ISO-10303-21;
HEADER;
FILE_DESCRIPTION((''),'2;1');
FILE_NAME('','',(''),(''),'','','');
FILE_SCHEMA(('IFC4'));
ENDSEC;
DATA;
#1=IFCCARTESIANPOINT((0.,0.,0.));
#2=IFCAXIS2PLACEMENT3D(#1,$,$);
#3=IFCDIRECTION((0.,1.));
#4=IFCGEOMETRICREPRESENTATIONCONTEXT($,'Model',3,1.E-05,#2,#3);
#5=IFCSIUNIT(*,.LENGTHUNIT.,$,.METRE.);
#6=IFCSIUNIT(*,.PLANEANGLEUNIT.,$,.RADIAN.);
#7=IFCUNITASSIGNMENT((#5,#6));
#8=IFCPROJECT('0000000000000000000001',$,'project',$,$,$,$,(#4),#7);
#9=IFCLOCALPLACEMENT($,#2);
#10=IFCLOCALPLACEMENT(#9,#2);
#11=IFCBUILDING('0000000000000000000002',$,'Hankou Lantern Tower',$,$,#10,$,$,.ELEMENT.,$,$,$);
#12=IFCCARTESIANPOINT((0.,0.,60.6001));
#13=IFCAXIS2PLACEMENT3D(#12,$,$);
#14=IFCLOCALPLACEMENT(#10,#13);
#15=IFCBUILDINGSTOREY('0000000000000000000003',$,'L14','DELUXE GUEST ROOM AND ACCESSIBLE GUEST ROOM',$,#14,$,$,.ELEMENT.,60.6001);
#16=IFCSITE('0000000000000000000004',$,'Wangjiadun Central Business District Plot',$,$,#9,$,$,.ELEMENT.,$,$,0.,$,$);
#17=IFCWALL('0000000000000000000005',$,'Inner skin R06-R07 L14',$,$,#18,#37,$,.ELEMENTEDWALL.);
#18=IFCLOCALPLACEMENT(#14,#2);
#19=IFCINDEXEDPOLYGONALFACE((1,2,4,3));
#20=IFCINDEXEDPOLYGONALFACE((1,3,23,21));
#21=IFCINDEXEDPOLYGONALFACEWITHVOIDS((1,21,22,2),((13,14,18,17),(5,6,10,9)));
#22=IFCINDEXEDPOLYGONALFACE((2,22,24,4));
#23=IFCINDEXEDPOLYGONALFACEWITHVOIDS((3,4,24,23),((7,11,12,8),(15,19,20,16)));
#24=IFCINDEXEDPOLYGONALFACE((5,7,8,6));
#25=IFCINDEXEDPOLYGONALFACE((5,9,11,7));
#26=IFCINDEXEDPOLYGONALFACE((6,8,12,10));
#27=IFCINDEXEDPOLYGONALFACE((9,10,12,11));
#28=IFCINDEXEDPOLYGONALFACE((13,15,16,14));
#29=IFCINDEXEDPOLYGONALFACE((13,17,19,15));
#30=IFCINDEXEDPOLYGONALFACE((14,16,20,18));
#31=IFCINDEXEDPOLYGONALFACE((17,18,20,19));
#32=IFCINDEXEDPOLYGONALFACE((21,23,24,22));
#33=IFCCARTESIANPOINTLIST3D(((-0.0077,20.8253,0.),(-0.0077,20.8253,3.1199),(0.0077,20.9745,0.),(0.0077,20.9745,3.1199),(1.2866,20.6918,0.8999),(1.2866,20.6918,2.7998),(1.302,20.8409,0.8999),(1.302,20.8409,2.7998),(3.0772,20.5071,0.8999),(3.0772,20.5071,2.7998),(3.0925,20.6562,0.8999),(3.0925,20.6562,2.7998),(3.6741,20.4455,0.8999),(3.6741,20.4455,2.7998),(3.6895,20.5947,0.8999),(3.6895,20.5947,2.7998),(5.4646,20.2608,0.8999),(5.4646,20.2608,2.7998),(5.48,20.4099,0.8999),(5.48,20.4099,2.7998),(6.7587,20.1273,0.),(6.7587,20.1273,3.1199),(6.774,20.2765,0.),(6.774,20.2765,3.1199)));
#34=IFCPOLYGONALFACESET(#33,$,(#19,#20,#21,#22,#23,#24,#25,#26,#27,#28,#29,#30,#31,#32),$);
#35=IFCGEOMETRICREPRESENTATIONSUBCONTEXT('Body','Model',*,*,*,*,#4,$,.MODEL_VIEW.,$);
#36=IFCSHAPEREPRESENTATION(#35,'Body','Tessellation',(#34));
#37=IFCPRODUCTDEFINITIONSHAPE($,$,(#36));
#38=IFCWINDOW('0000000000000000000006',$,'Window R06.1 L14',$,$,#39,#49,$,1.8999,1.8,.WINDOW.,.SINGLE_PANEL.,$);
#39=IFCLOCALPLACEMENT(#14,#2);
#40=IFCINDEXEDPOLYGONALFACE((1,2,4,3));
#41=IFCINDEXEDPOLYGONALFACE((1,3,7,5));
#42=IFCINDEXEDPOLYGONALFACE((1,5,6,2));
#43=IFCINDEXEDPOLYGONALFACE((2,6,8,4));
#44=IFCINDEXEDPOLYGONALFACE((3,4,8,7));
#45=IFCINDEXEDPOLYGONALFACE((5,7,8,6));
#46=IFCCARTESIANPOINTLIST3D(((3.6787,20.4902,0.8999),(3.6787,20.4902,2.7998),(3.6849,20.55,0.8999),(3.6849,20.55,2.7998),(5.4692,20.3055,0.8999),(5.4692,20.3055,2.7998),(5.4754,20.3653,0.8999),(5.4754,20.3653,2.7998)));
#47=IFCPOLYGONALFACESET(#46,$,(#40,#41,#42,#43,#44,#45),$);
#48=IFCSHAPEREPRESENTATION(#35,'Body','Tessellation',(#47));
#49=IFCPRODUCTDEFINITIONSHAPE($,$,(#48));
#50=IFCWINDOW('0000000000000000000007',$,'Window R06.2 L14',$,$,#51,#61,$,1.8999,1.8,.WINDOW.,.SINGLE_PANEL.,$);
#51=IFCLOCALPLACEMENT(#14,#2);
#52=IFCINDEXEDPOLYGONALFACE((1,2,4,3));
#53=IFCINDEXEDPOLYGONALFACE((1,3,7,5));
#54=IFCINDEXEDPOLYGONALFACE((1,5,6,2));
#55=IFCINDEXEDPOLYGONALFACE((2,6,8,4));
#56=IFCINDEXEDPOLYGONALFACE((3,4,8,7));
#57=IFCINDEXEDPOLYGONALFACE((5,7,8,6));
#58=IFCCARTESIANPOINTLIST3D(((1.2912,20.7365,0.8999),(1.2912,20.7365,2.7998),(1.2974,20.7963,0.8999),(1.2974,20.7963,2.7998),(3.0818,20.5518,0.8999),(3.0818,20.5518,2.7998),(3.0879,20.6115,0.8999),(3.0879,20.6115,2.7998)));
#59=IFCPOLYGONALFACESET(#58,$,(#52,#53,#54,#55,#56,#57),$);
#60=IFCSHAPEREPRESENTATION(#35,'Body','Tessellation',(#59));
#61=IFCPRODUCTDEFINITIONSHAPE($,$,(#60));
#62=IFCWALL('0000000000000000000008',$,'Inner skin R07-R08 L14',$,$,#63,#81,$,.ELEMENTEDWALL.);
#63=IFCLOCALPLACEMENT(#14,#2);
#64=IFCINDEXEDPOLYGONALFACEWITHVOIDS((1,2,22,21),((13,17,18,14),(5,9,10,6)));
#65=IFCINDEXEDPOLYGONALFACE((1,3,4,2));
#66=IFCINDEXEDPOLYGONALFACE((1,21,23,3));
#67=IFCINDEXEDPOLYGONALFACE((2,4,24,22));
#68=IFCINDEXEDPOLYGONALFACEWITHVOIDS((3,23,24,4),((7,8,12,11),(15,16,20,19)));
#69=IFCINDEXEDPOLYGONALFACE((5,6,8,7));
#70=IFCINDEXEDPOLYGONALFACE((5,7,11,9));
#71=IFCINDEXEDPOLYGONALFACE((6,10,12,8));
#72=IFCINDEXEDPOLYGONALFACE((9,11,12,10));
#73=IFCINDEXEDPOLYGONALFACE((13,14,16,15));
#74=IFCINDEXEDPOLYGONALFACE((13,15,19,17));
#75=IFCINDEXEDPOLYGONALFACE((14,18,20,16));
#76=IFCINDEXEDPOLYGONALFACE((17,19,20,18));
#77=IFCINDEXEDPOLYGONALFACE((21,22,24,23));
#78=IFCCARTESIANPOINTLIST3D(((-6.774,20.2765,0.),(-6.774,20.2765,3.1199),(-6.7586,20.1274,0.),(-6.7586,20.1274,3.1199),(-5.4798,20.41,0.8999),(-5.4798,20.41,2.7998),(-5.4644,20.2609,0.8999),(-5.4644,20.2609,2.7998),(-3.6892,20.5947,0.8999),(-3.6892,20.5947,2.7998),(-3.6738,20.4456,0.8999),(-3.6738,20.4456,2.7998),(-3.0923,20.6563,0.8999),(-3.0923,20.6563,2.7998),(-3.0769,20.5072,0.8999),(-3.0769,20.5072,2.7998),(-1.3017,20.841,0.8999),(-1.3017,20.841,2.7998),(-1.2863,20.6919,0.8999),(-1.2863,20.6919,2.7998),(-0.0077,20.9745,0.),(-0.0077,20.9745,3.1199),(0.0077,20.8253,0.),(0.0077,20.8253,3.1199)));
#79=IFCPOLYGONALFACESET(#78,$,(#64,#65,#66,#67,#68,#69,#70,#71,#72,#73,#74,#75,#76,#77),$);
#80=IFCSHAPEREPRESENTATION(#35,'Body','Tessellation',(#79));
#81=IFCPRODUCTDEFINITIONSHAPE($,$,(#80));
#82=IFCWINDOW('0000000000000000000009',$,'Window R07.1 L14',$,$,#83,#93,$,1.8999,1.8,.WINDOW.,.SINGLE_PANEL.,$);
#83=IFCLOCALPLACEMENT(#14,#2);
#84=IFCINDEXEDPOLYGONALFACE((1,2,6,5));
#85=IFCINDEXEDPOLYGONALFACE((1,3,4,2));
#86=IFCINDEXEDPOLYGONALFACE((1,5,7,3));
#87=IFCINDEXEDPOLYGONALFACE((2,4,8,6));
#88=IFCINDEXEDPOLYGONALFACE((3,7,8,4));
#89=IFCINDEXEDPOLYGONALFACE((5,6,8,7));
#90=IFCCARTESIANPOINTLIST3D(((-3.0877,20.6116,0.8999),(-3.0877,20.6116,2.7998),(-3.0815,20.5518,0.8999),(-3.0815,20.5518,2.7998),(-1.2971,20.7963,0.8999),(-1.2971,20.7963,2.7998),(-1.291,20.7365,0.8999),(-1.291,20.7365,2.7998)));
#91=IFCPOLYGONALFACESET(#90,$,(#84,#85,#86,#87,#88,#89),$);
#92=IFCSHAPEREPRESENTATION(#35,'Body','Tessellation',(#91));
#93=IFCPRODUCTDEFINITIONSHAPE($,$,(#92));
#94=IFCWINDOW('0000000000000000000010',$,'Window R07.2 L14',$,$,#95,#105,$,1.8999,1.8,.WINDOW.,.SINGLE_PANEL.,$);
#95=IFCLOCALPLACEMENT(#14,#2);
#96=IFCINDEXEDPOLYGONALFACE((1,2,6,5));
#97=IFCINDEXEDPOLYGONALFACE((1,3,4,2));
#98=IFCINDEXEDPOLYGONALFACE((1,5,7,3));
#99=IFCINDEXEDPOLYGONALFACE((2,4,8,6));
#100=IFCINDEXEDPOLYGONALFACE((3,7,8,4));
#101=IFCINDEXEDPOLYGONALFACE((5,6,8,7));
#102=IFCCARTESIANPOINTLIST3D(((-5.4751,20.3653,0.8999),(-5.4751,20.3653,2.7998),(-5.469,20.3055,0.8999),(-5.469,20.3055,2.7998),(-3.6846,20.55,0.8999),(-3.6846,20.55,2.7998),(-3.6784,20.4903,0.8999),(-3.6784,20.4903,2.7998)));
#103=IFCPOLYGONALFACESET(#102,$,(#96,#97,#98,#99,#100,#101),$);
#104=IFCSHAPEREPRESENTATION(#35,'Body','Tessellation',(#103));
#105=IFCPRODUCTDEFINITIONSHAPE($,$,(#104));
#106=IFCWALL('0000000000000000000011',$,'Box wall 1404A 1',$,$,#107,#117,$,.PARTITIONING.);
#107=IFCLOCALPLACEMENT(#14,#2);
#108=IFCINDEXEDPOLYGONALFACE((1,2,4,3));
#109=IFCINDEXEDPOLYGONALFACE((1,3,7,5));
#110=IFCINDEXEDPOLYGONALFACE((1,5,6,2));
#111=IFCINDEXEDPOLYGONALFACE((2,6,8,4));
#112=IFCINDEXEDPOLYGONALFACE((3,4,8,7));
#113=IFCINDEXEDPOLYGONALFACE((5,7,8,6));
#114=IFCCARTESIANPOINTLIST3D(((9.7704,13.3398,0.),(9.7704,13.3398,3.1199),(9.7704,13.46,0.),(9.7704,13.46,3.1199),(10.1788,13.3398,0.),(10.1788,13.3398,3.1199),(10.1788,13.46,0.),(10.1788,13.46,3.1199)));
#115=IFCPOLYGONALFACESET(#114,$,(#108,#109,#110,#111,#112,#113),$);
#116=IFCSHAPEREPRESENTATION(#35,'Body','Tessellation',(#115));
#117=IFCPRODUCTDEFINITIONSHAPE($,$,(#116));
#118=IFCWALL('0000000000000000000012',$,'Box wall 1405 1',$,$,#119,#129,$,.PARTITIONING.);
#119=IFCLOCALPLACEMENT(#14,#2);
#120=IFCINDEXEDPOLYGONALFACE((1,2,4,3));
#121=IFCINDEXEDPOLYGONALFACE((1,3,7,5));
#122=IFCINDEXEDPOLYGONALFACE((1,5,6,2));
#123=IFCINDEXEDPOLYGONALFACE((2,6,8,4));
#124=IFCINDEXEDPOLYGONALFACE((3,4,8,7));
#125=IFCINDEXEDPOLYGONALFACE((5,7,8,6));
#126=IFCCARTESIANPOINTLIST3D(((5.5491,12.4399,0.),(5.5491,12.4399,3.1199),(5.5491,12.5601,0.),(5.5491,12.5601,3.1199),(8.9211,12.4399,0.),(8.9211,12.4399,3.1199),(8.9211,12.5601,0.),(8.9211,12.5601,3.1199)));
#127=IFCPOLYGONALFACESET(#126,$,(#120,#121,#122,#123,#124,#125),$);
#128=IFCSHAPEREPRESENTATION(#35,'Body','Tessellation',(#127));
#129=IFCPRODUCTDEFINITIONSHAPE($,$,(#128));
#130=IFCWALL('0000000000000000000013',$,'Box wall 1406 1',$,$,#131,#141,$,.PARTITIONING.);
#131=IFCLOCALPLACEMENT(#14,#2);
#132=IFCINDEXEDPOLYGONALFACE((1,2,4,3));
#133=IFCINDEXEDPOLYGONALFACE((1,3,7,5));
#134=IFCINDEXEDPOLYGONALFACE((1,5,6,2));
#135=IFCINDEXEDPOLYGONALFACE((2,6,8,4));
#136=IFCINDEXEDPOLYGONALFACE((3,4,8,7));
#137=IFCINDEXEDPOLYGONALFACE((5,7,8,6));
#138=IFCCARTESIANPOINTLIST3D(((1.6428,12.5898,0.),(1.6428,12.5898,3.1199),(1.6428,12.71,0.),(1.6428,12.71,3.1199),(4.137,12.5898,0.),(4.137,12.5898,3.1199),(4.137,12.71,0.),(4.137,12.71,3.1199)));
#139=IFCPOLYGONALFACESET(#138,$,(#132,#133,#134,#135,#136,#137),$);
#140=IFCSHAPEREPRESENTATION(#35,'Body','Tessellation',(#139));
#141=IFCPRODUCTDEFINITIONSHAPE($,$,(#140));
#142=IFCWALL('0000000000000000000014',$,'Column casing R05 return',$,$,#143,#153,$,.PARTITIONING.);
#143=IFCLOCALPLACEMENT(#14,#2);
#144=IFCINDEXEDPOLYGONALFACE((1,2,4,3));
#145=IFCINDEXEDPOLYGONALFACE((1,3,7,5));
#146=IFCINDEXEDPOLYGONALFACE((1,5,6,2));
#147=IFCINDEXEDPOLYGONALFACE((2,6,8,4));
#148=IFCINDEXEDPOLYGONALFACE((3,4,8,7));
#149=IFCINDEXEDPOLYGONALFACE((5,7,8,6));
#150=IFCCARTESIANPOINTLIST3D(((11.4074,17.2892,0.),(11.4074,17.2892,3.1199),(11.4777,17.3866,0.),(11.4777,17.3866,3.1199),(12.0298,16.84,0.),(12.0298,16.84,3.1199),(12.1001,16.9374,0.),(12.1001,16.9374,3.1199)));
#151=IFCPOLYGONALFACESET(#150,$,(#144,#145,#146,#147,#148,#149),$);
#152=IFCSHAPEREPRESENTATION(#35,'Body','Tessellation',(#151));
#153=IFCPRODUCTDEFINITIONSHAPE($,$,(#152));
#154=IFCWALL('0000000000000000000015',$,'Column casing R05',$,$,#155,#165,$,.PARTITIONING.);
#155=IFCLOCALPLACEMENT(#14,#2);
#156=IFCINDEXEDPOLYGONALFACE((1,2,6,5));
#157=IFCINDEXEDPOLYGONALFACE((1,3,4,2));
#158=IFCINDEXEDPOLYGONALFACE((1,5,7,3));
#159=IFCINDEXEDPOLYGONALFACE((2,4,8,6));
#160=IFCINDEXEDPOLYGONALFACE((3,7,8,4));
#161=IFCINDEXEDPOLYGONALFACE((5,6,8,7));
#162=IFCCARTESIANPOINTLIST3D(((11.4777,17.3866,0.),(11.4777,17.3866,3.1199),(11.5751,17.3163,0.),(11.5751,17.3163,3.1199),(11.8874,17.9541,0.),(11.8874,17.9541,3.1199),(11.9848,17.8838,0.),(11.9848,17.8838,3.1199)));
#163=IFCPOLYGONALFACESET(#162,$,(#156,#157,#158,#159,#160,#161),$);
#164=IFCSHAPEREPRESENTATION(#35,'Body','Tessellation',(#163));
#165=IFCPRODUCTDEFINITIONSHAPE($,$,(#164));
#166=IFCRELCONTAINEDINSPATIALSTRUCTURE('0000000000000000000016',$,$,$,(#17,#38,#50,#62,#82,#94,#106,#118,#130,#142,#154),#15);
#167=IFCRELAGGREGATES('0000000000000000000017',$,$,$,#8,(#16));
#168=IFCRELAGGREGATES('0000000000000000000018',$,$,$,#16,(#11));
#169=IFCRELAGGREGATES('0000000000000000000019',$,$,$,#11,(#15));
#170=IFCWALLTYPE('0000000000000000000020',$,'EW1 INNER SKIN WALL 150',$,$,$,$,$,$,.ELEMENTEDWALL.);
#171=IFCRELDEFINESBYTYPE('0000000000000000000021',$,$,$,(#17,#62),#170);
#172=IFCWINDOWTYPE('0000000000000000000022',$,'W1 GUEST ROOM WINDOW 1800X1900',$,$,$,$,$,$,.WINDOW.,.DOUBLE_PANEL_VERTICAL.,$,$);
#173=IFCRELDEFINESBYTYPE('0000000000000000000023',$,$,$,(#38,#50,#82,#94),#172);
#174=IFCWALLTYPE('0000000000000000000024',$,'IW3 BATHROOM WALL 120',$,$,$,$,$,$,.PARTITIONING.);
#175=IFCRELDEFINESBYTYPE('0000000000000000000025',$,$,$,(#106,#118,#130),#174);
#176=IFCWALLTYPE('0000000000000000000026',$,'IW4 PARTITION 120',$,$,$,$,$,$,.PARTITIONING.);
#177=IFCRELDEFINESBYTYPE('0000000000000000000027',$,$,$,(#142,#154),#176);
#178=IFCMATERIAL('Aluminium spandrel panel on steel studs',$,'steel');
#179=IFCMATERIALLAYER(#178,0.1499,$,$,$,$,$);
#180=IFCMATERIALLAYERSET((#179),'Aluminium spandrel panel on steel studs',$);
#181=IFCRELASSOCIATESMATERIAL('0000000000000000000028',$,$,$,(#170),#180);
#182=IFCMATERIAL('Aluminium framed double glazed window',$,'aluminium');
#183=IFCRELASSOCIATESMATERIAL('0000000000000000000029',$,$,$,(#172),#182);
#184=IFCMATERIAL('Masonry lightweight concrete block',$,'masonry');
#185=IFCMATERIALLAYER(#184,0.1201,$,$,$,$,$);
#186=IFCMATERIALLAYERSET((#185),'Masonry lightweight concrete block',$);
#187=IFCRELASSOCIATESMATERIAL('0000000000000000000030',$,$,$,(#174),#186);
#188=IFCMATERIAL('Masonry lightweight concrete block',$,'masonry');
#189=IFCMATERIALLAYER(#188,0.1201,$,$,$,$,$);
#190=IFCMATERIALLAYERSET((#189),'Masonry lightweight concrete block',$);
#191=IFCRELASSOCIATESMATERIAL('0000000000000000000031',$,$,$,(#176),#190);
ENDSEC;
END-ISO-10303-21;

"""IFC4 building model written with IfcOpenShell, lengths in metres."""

from ifc_helpers import new_model, si_unit, direction, frame, frame_2d, origin, place, context, subcontext, project, spatial, rectangle, extrude, material, layer, layer_set, type_object, element, fill, save


model = new_model("IFC4")

# Units and contexts
model_context = context("Model", 3, precision=1e-05, world=origin(), true_north=direction((0.0, 1.0)))
body_context = subcontext(model_context, "Body", "Model", "MODEL_VIEW")
ifc_project = project(units=[si_unit("LENGTHUNIT", "METRE"), si_unit("PLANEANGLEUNIT", "RADIAN")], contexts=[model_context])

# Site, building, storey
site_placement = place(None, origin())
site = spatial("IfcSite", under=ifc_project, at=site_placement, Name="Wangjiadun Central Business District Plot", CompositionType="ELEMENT", RefElevation=0.0)
building_placement = place(site_placement, origin())
building = spatial("IfcBuilding", under=site, at=building_placement, Name="Hankou Lantern Tower", CompositionType="ELEMENT")
storey_placement = place(building_placement, frame((0.0, 0.0, 60.6001)))
storey = spatial("IfcBuildingStorey", under=building, at=storey_placement, Name="L14", Description="DELUXE GUEST ROOM AND ACCESSIBLE GUEST ROOM", CompositionType="ELEMENT", Elevation=60.6001)

# Walls, openings, windows
ifc_material_1 = material(Name="Aluminium spandrel panel on steel studs", Category="steel")
ifc_layer_1 = layer(ifc_material_1, 0.1499)
ifc_layer_set_1 = layer_set([ifc_layer_1], Name="Aluminium spandrel panel on steel studs")
wall_type_1 = type_object("IfcWallType", Name="EW1 INNER SKIN WALL 150", PredefinedType="ELEMENTEDWALL", material=ifc_layer_set_1)
wall_1_placement = place(storey_placement, frame((6.7664, 20.2019, 0.0), z_axis=(0.0, 0.0, 1.0), x_axis=(-0.994721, 0.102613, 0.0)))
wall_1 = element("IfcWall", 1, at=wall_1_placement, inside=storey, type_object=wall_type_1, Name="Inner skin R06-R07 L14", PredefinedType="ELEMENTEDWALL", context=body_context, shape_type="SweptSolid", body=[
    extrude(rectangle(XDim=6.8022, YDim=0.1499, at=frame_2d((3.4011, 0.0))), origin(), (0.0, 0.0, 1.0), 3.1199),
])
opening_1_placement = place(wall_1_placement, frame((1.301, 0.0, 0.8999)))
opening_1 = element("IfcOpeningElement", 2, at=opening_1_placement, cuts=wall_1, PredefinedType="OPENING", context=body_context, shape_type="SweptSolid", body=[
    extrude(rectangle(XDim=1.8, YDim=1.8999, at=frame_2d((0.8999, 0.95))), frame((0.0, 0.085, 0.0), z_axis=(0.0, -1.0, 0.0), x_axis=(1.0, 0.0, 0.0)), (0.0, 0.0, 1.0), 0.1699),
])
opening_2_placement = place(wall_1_placement, frame((3.7012, 0.0, 0.8999)))
opening_2 = element("IfcOpeningElement", 3, at=opening_2_placement, cuts=wall_1, PredefinedType="OPENING", context=body_context, shape_type="SweptSolid", body=[
    extrude(rectangle(XDim=1.8, YDim=1.8999, at=frame_2d((0.8999, 0.95))), frame((0.0, 0.085, 0.0), z_axis=(0.0, -1.0, 0.0), x_axis=(1.0, 0.0, 0.0)), (0.0, 0.0, 1.0), 0.1699),
])
ifc_material_2 = material(Name="Aluminium framed double glazed window", Category="aluminium")
window_type = type_object("IfcWindowType", Name="W1 GUEST ROOM WINDOW 1800X1900", PartitioningType="DOUBLE_PANEL_VERTICAL", PredefinedType="WINDOW", material=ifc_material_2)
window_1_placement = place(opening_1_placement, origin())
window_1 = element("IfcWindow", 4, at=window_1_placement, inside=storey, type_object=window_type, Name="Window R06.1 L14", OverallHeight=1.8999, OverallWidth=1.8, PartitioningType="SINGLE_PANEL", PredefinedType="WINDOW", context=body_context, shape_type="SweptSolid", body=[
    extrude(rectangle(XDim=1.8, YDim=1.8999, at=frame_2d((0.8999, 0.95))), frame((0.0, 0.03, 0.0), z_axis=(0.0, -1.0, 0.0), x_axis=(1.0, 0.0, 0.0)), (0.0, 0.0, 1.0), 0.0601),
])
fill(opening_1, window_1)
window_2_placement = place(opening_2_placement, origin())
window_2 = element("IfcWindow", 5, at=window_2_placement, inside=storey, type_object=window_type, Name="Window R06.2 L14", OverallHeight=1.8999, OverallWidth=1.8, PartitioningType="SINGLE_PANEL", PredefinedType="WINDOW", context=body_context, shape_type="SweptSolid", body=[
    extrude(rectangle(XDim=1.8, YDim=1.8999, at=frame_2d((0.8999, 0.95))), frame((0.0, 0.03, 0.0), z_axis=(0.0, -1.0, 0.0), x_axis=(1.0, 0.0, 0.0)), (0.0, 0.0, 1.0), 0.0601),
])
fill(opening_2, window_2)
wall_2_placement = place(storey_placement, frame((0.0, 20.8999, 0.0), z_axis=(0.0, 0.0, 1.0), x_axis=(-0.994721, -0.102613, 0.0)))
wall_2 = element("IfcWall", 6, at=wall_2_placement, inside=storey, type_object=wall_type_1, Name="Inner skin R07-R08 L14", PredefinedType="ELEMENTEDWALL", context=body_context, shape_type="SweptSolid", body=[
    extrude(rectangle(XDim=6.8022, YDim=0.1499, at=frame_2d((3.4011, 0.0))), origin(), (0.0, 0.0, 1.0), 3.1199),
])
opening_3_placement = place(wall_2_placement, frame((1.301, 0.0, 0.8999)))
opening_3 = element("IfcOpeningElement", 7, at=opening_3_placement, cuts=wall_2, PredefinedType="OPENING", context=body_context, shape_type="SweptSolid", body=[
    extrude(rectangle(XDim=1.8, YDim=1.8999, at=frame_2d((0.8999, 0.95))), frame((0.0, 0.085, 0.0), z_axis=(0.0, -1.0, 0.0), x_axis=(1.0, 0.0, 0.0)), (0.0, 0.0, 1.0), 0.1699),
])
opening_4_placement = place(wall_2_placement, frame((3.7012, 0.0, 0.8999)))
opening_4 = element("IfcOpeningElement", 8, at=opening_4_placement, cuts=wall_2, PredefinedType="OPENING", context=body_context, shape_type="SweptSolid", body=[
    extrude(rectangle(XDim=1.8, YDim=1.8999, at=frame_2d((0.8999, 0.95))), frame((0.0, 0.085, 0.0), z_axis=(0.0, -1.0, 0.0), x_axis=(1.0, 0.0, 0.0)), (0.0, 0.0, 1.0), 0.1699),
])
window_3_placement = place(opening_3_placement, origin())
window_3 = element("IfcWindow", 9, at=window_3_placement, inside=storey, type_object=window_type, Name="Window R07.1 L14", OverallHeight=1.8999, OverallWidth=1.8, PartitioningType="SINGLE_PANEL", PredefinedType="WINDOW", context=body_context, shape_type="SweptSolid", body=[
    extrude(rectangle(XDim=1.8, YDim=1.8999, at=frame_2d((0.8999, 0.95))), frame((0.0, 0.03, 0.0), z_axis=(0.0, -1.0, 0.0), x_axis=(1.0, 0.0, 0.0)), (0.0, 0.0, 1.0), 0.0601),
])
fill(opening_3, window_3)
window_4_placement = place(opening_4_placement, origin())
window_4 = element("IfcWindow", 10, at=window_4_placement, inside=storey, type_object=window_type, Name="Window R07.2 L14", OverallHeight=1.8999, OverallWidth=1.8, PartitioningType="SINGLE_PANEL", PredefinedType="WINDOW", context=body_context, shape_type="SweptSolid", body=[
    extrude(rectangle(XDim=1.8, YDim=1.8999, at=frame_2d((0.8999, 0.95))), frame((0.0, 0.03, 0.0), z_axis=(0.0, -1.0, 0.0), x_axis=(1.0, 0.0, 0.0)), (0.0, 0.0, 1.0), 0.0601),
])
fill(opening_4, window_4)

# Walls
ifc_material_3 = material(Name="Masonry lightweight concrete block", Category="masonry")
ifc_layer_2 = layer(ifc_material_3, 0.1201)
ifc_layer_set_2 = layer_set([ifc_layer_2], Name="Masonry lightweight concrete block")
wall_type_2 = type_object("IfcWallType", Name="IW3 BATHROOM WALL 120", PredefinedType="PARTITIONING", material=ifc_layer_set_2)
wall_3_placement = place(storey_placement, frame((9.7705, 13.3999, 0.0), z_axis=(0.0, 0.0, 1.0), x_axis=(1.0, 0.0, 0.0)))
element("IfcWall", 11, at=wall_3_placement, inside=storey, type_object=wall_type_2, Name="Box wall 1404A 1", PredefinedType="PARTITIONING", context=body_context, shape_type="SweptSolid", body=[
    extrude(rectangle(XDim=0.4084, YDim=0.1201, at=frame_2d((0.2041, 0.0))), origin(), (0.0, 0.0, 1.0), 3.1199),
])
wall_4_placement = place(storey_placement, frame((8.9211, 12.5, 0.0), z_axis=(0.0, 0.0, 1.0), x_axis=(-1.0, 0.0, 0.0)))
element("IfcWall", 12, at=wall_4_placement, inside=storey, type_object=wall_type_2, Name="Box wall 1405 1", PredefinedType="PARTITIONING", context=body_context, shape_type="SweptSolid", body=[
    extrude(rectangle(XDim=3.3721, YDim=0.1201, at=frame_2d((1.686, 0.0))), origin(), (0.0, 0.0, 1.0), 3.1199),
])
wall_5_placement = place(storey_placement, frame((4.137, 12.6499, 0.0), z_axis=(0.0, 0.0, 1.0), x_axis=(-1.0, 0.0, 0.0)))
element("IfcWall", 13, at=wall_5_placement, inside=storey, type_object=wall_type_2, Name="Box wall 1406 1", PredefinedType="PARTITIONING", context=body_context, shape_type="SweptSolid", body=[
    extrude(rectangle(XDim=2.4941, YDim=0.1201, at=frame_2d((1.2471, 0.0))), origin(), (0.0, 0.0, 1.0), 3.1199),
])
ifc_material_4 = material(Name="Masonry lightweight concrete block", Category="masonry")
ifc_layer_3 = layer(ifc_material_4, 0.1201)
ifc_layer_set_3 = layer_set([ifc_layer_3], Name="Masonry lightweight concrete block")
wall_type_3 = type_object("IfcWallType", Name="IW4 PARTITION 120", PredefinedType="PARTITIONING", material=ifc_layer_set_3)
wall_6_placement = place(storey_placement, frame((12.0649, 16.8887, 0.0), z_axis=(0.0, 0.0, 1.0), x_axis=(-0.810822, 0.585293, 0.0)))
element("IfcWall", 14, at=wall_6_placement, inside=storey, type_object=wall_type_3, Name="Column casing R05 return", PredefinedType="PARTITIONING", context=body_context, shape_type="SweptSolid", body=[
    extrude(rectangle(XDim=0.7676, YDim=0.1201, at=frame_2d((0.3838, 0.0))), origin(), (0.0, 0.0, 1.0), 3.1199),
])
wall_7_placement = place(storey_placement, frame((11.5264, 17.3513, 0.0), z_axis=(0.0, 0.0, 1.0), x_axis=(0.585223, 0.810872, 0.0)))
element("IfcWall", 15, at=wall_7_placement, inside=storey, type_object=wall_type_3, Name="Column casing R05", PredefinedType="PARTITIONING", context=body_context, shape_type="SweptSolid", body=[
    extrude(rectangle(XDim=0.7, YDim=0.1201, at=frame_2d((0.3501, 0.0))), origin(), (0.0, 0.0, 1.0), 3.1199),
])

save(model, "model.ifc")
